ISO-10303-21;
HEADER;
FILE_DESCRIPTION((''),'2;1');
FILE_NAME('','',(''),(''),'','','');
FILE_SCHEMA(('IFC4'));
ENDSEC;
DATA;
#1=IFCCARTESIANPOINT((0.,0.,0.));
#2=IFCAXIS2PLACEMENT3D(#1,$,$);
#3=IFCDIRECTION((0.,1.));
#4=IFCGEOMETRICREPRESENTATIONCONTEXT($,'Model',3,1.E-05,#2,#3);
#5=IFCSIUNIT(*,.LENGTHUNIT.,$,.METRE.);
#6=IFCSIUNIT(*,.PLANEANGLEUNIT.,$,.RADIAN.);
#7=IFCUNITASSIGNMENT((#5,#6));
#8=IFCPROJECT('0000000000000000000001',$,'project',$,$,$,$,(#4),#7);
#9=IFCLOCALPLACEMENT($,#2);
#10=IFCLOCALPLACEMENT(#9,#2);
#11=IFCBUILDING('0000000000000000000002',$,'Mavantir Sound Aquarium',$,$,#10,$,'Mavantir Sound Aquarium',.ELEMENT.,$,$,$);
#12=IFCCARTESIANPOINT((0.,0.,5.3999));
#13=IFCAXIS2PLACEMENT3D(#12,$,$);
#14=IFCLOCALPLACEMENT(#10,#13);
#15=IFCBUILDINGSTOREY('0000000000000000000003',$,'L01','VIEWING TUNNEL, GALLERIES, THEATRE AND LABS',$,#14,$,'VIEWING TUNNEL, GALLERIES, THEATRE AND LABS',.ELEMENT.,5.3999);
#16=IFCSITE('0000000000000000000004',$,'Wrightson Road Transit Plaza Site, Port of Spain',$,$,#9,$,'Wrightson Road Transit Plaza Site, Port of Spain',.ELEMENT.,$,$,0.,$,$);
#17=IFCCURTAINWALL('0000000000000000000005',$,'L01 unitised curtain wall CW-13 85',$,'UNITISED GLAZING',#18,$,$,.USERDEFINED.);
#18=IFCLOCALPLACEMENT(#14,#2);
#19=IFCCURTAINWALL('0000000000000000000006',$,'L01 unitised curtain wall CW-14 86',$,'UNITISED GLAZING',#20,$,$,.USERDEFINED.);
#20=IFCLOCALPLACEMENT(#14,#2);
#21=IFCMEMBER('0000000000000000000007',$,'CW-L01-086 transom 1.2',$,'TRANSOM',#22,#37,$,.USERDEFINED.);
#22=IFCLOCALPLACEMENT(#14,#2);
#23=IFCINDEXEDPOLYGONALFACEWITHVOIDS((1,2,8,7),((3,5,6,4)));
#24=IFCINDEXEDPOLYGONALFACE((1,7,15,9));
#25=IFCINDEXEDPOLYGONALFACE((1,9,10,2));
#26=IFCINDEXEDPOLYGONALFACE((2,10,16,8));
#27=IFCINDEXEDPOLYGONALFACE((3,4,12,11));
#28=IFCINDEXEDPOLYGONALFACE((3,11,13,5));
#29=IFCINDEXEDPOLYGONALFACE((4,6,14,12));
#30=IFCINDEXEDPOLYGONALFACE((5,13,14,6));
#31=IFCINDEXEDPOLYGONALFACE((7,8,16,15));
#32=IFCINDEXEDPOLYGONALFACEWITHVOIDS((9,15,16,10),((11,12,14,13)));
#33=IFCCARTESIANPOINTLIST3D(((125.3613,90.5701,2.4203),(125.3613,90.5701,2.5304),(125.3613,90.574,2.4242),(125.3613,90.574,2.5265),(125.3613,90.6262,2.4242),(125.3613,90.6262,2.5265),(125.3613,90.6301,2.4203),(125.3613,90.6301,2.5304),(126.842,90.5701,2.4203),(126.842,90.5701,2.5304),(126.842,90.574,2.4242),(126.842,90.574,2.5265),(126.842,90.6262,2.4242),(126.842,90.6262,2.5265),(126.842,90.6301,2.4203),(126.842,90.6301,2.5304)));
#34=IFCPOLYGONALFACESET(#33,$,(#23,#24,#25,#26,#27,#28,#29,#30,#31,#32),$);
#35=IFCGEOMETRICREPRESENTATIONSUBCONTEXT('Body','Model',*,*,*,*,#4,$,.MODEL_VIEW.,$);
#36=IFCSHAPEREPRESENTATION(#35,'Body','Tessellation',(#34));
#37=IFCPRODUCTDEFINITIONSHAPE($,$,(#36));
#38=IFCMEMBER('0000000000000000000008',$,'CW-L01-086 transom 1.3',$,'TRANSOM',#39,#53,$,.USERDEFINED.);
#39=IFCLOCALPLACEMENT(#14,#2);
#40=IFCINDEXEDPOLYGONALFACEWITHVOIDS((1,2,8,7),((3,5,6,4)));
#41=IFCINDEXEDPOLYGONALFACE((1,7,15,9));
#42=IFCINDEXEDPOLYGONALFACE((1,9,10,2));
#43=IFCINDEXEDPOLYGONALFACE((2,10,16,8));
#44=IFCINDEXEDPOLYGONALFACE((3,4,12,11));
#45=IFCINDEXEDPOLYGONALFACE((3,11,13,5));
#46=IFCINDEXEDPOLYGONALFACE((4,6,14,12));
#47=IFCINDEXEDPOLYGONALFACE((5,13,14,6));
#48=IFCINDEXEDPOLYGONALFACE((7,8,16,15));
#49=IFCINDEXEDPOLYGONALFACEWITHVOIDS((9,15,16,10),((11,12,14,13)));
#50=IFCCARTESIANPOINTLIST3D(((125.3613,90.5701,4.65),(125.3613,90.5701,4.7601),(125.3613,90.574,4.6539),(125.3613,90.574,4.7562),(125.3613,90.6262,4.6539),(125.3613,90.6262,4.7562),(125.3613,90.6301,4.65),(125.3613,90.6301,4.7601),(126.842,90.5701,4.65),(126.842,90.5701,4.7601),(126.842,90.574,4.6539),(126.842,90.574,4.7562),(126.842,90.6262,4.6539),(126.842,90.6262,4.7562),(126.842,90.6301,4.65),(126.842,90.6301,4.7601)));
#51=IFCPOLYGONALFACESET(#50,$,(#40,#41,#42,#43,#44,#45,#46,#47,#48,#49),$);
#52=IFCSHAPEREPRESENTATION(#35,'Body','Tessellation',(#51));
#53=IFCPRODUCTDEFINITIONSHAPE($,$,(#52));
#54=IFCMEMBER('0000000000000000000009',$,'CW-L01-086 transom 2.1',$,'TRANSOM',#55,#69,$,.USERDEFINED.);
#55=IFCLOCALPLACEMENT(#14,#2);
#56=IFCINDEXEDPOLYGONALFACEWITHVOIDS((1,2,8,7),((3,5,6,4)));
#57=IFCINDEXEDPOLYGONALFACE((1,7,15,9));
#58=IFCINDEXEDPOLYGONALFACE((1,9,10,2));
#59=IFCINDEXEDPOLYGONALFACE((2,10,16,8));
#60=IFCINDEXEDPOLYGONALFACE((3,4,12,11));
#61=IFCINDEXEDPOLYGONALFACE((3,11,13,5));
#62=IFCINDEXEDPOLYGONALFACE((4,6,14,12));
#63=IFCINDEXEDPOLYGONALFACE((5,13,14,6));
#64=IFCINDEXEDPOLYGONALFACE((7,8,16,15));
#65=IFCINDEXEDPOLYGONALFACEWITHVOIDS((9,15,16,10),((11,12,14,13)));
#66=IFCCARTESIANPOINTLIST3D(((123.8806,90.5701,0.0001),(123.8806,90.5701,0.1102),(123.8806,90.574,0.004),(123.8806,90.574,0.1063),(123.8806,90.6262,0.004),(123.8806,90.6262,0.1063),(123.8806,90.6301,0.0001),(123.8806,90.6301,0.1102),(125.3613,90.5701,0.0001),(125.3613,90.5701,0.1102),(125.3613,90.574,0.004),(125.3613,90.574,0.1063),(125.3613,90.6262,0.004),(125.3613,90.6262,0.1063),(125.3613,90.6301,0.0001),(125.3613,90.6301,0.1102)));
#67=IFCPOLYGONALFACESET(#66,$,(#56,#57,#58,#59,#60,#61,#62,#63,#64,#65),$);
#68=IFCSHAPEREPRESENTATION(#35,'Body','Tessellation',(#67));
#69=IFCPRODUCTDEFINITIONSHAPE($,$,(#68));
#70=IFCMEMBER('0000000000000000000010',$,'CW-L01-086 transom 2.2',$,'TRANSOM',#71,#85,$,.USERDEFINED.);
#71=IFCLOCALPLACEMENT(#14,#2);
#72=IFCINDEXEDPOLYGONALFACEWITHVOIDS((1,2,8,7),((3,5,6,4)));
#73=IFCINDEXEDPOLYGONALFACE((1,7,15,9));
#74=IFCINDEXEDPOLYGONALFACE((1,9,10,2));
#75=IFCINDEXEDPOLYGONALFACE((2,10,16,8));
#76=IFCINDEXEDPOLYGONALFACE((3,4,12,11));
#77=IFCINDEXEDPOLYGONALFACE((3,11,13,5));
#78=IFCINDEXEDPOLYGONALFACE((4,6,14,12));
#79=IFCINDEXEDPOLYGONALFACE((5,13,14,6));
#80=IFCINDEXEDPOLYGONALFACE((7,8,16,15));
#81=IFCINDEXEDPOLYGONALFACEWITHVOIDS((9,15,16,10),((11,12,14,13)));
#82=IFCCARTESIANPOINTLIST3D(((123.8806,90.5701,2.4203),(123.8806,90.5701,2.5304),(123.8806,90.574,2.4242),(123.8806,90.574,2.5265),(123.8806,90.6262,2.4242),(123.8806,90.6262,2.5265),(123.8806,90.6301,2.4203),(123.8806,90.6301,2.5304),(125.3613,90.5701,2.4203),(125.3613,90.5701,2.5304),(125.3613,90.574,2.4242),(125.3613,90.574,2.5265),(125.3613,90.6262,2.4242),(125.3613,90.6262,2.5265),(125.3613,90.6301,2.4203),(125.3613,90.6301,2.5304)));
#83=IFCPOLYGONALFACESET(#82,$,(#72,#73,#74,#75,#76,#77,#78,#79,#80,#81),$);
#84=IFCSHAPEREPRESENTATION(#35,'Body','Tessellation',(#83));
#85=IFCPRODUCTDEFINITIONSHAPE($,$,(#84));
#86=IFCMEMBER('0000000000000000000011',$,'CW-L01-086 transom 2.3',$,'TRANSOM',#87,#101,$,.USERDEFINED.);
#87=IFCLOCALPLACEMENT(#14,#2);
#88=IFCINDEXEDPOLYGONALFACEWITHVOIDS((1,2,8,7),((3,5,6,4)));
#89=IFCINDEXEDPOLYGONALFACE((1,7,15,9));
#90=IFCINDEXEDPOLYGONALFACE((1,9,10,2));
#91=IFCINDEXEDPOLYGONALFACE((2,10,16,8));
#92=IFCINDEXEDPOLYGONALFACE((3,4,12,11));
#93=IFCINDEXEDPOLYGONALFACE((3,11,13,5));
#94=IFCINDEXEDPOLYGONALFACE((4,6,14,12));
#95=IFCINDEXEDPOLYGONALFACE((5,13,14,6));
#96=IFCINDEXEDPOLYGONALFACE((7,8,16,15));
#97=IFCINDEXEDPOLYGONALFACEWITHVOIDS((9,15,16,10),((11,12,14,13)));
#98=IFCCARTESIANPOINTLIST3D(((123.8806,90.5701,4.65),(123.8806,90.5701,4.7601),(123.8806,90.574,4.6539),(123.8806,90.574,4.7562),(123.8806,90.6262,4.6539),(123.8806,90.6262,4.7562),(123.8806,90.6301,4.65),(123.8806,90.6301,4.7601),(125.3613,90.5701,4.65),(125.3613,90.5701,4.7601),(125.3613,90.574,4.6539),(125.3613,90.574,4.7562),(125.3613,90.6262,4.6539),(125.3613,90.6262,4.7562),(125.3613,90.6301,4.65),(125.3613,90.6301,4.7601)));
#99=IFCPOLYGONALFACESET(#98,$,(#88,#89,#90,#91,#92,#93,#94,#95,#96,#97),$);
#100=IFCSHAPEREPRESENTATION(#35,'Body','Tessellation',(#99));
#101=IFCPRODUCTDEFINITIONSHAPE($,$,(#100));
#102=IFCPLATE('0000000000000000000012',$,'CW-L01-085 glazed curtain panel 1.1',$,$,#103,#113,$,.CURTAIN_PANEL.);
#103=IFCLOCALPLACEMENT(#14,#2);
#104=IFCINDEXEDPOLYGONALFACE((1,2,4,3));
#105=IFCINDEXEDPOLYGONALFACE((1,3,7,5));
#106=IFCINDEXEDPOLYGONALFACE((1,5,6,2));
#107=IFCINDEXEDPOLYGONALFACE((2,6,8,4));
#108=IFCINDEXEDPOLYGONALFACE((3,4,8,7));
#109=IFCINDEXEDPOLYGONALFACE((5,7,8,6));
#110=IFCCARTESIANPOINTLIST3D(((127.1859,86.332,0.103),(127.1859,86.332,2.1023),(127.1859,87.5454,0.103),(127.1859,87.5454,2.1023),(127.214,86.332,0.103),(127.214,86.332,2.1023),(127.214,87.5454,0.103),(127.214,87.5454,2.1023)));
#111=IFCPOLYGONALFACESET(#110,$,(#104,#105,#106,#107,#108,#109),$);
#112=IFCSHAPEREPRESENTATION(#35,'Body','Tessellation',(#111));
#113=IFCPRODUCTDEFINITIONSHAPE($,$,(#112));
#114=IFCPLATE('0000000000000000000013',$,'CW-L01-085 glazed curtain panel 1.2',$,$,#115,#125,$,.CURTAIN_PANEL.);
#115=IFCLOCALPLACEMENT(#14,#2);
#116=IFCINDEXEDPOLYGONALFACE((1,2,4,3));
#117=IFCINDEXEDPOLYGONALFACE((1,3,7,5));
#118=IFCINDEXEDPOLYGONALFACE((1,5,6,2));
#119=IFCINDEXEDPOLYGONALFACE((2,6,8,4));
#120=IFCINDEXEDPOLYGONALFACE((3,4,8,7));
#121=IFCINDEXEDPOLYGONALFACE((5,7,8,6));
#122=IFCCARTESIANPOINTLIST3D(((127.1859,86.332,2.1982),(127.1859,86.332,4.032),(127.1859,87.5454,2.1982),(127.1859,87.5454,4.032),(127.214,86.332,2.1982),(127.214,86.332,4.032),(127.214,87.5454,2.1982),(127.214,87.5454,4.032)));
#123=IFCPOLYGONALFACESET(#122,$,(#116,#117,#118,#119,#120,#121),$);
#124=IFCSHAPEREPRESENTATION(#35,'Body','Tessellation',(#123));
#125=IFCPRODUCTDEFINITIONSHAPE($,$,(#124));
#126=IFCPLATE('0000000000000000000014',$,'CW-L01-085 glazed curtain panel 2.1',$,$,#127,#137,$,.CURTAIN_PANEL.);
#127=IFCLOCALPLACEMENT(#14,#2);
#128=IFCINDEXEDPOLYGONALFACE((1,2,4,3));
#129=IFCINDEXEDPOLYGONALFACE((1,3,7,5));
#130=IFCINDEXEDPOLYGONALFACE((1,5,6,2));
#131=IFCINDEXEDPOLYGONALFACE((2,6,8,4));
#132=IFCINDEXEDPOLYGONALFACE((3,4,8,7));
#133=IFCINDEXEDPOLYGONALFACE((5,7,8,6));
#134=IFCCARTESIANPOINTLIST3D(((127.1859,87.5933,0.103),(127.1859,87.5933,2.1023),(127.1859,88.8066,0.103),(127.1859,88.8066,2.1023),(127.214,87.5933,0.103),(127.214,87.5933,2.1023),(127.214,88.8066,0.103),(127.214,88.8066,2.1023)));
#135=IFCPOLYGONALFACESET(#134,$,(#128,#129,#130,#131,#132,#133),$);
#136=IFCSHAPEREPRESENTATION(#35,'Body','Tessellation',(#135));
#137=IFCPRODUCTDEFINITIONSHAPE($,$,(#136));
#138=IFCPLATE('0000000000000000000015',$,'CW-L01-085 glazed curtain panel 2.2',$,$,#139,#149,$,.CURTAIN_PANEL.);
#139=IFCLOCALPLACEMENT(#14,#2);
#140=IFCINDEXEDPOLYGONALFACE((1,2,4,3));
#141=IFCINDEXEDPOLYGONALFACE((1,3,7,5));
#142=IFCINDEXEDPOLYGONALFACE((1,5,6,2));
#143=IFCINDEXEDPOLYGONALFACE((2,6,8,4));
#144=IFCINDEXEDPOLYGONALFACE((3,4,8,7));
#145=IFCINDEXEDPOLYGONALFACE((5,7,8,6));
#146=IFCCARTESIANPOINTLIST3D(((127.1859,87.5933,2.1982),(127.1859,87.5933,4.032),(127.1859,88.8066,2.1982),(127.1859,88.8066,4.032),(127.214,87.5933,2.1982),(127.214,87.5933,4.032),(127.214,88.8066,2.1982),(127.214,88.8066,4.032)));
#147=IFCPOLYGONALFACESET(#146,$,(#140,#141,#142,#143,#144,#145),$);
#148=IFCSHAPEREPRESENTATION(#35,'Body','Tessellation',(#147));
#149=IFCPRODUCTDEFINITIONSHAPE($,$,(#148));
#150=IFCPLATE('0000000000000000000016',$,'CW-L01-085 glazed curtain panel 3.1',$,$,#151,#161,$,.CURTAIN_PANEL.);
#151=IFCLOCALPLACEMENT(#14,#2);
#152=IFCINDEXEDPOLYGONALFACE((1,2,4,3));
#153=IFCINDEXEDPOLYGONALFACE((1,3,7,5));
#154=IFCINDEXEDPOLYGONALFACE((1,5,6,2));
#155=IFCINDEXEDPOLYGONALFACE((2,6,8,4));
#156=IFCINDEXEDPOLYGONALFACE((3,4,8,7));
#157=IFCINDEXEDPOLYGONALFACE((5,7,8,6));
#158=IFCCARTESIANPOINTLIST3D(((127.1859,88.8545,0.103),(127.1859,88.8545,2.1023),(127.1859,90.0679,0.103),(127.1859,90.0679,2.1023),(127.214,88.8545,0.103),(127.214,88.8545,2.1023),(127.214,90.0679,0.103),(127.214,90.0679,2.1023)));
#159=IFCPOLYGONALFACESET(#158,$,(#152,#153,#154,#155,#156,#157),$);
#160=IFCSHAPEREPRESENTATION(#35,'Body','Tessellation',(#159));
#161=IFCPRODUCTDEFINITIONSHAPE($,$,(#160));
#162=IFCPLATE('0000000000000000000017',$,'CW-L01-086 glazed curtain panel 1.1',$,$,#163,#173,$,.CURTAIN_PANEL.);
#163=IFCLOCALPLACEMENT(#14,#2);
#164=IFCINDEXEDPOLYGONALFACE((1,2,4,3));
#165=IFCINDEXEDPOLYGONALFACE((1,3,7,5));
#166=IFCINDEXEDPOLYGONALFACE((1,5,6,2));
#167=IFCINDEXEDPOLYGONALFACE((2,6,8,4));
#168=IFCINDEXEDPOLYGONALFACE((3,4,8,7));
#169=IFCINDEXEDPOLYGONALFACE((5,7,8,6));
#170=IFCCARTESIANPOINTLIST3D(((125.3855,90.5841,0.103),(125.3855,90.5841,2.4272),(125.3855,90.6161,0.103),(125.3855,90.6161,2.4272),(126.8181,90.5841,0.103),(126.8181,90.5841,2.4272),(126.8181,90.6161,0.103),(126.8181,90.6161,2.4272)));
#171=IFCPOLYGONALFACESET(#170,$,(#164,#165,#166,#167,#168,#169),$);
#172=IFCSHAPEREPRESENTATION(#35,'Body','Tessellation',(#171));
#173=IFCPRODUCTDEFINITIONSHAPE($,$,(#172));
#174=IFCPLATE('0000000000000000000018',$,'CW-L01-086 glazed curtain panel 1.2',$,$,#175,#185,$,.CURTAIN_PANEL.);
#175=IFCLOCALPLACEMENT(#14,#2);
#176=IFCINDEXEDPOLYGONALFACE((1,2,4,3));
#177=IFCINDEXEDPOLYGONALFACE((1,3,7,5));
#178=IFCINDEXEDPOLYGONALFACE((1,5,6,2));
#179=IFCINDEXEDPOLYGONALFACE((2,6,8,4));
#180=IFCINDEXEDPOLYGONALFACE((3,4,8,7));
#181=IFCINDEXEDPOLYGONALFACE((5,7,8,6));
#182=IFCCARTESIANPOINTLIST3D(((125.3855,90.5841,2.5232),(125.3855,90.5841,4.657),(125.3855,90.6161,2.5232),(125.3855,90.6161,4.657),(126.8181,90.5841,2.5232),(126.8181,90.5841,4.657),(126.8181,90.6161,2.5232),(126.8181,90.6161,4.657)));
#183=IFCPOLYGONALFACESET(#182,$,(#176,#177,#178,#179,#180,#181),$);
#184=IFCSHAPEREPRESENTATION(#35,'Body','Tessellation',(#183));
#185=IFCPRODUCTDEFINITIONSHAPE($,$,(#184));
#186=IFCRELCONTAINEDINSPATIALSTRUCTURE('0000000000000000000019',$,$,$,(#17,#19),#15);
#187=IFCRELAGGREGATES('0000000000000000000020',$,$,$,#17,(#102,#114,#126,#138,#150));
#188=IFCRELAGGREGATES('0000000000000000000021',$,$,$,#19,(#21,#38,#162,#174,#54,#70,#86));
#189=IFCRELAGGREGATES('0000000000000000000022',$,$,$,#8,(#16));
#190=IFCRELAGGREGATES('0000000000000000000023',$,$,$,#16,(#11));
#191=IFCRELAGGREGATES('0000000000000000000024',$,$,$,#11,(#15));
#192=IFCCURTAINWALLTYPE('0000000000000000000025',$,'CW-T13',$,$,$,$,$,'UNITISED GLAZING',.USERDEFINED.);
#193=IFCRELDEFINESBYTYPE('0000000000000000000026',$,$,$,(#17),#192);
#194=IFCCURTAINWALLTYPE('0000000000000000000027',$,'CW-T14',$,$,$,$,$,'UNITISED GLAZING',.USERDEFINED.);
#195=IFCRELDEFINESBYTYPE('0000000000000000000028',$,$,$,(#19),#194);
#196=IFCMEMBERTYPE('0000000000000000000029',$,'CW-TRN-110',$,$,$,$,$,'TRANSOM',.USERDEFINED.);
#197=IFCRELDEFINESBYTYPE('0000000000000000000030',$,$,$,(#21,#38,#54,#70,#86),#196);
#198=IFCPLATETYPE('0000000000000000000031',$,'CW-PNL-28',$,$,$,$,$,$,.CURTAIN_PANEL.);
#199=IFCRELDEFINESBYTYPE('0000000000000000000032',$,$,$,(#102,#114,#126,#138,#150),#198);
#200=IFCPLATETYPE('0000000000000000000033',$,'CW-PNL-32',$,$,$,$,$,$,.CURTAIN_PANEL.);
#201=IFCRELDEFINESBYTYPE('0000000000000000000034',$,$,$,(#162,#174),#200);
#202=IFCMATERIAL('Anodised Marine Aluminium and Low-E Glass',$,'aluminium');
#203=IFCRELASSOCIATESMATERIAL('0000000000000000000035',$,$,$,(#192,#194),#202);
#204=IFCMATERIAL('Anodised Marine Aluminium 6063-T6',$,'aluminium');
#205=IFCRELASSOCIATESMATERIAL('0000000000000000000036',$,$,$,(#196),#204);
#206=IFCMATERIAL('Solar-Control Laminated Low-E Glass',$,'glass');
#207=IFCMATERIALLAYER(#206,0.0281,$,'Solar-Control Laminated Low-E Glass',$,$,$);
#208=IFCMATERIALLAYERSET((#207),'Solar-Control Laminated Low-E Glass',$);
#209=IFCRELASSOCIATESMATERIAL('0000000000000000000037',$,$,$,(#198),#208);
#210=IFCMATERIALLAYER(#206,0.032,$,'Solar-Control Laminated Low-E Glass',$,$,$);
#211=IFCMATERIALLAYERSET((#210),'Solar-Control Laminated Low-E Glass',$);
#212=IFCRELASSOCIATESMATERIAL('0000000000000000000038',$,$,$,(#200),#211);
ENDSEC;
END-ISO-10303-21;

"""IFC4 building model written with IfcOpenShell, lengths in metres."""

from ifc_helpers import new_model, si_unit, direction, frame, origin, origin_2d, place, context, subcontext, project, spatial, rectangle, hollow_rectangle, extrude, material, layer, layer_set, material_profile, profile_set, type_object, element, aggregate, save


model = new_model("IFC4")

# Units and contexts
model_context = context("Model", 3, precision=1e-05, world=origin(), true_north=direction((0.0, 1.0)))
body_context = subcontext(model_context, "Body", "Model", "MODEL_VIEW")
ifc_project = project(units=[si_unit("LENGTHUNIT", "METRE"), si_unit("PLANEANGLEUNIT", "RADIAN")], contexts=[model_context])

# Site, building, storey
site_placement = place(None, origin())
site = spatial("IfcSite", under=ifc_project, at=site_placement, Name="Wrightson Road Transit Plaza Site, Port of Spain", LongName="Wrightson Road Transit Plaza Site, Port of Spain", CompositionType="ELEMENT", RefElevation=0.0)
building_placement = place(site_placement, origin())
building = spatial("IfcBuilding", under=site, at=building_placement, Name="Mavantir Sound Aquarium", LongName="Mavantir Sound Aquarium", CompositionType="ELEMENT")
storey_placement = place(building_placement, frame((0.0, 0.0, 5.3999)))
storey = spatial("IfcBuildingStorey", under=building, at=storey_placement, Name="L01", Description="VIEWING TUNNEL, GALLERIES, THEATRE AND LABS", LongName="VIEWING TUNNEL, GALLERIES, THEATRE AND LABS", CompositionType="ELEMENT", Elevation=5.3999)

# Curtain walls
ifc_material_1 = material(Name="Anodised Marine Aluminium and Low-E Glass", Category="aluminium")
curtain_wall_type_1 = type_object("IfcCurtainWallType", Name="CW-T13", ElementType="UNITISED GLAZING", PredefinedType="USERDEFINED", material=ifc_material_1)
curtain_wall_1_placement = place(storey_placement, origin())
curtain_wall_1 = element("IfcCurtainWall", 1, at=curtain_wall_1_placement, inside=storey, type_object=curtain_wall_type_1, Name="L01 unitised curtain wall CW-13 85", ObjectType="UNITISED GLAZING", PredefinedType="USERDEFINED")
ifc_material_2 = material(Name="Anodised Marine Aluminium 6063-T6", Category="aluminium")
curtain_wall_type_2 = type_object("IfcCurtainWallType", Name="CW-T14", ElementType="UNITISED GLAZING", PredefinedType="USERDEFINED", material=ifc_material_1)
curtain_wall_2_placement = place(storey_placement, origin())
curtain_wall_2 = element("IfcCurtainWall", 2, at=curtain_wall_2_placement, inside=storey, type_object=curtain_wall_type_2, Name="L01 unitised curtain wall CW-14 86", ObjectType="UNITISED GLAZING", PredefinedType="USERDEFINED")

# Members
ifc_material_profile_1 = material_profile(ifc_material_2, hollow_rectangle(XDim=0.0601, YDim=0.1101, WallThickness=0.0039, at=origin_2d()), Name="ALU-TRANSOM-110X60")
ifc_profile_set_1 = profile_set([ifc_material_profile_1], Name="Anodised Marine Aluminium 6063-T6")
member_type_1 = type_object("IfcMemberType", Name="CW-TRN-110", ElementType="TRANSOM", PredefinedType="USERDEFINED", material=ifc_profile_set_1)
member_1_placement = place(storey_placement, frame((126.842, 90.6001, 2.4753), z_axis=(-1.0, 0.0, 0.0), x_axis=(0.0, -1.0, 0.0)))
member_1 = element("IfcMember", 3, at=member_1_placement, type_object=member_type_1, Name="CW-L01-086 transom 1.2", ObjectType="TRANSOM", PredefinedType="USERDEFINED", context=body_context, shape_type="SweptSolid", body=[
    extrude(hollow_rectangle(XDim=0.0601, YDim=0.1101, WallThickness=0.0039, at=origin_2d()), origin(), (0.0, 0.0, 1.0), 1.4807),
])
member_2_placement = place(storey_placement, frame((126.842, 90.6001, 4.7051), z_axis=(-1.0, 0.0, 0.0), x_axis=(0.0, -1.0, 0.0)))
member_2 = element("IfcMember", 4, at=member_2_placement, type_object=member_type_1, Name="CW-L01-086 transom 1.3", ObjectType="TRANSOM", PredefinedType="USERDEFINED", context=body_context, shape_type="SweptSolid", body=[
    extrude(hollow_rectangle(XDim=0.0601, YDim=0.1101, WallThickness=0.0039, at=origin_2d()), origin(), (0.0, 0.0, 1.0), 1.4807),
])
member_3_placement = place(storey_placement, frame((125.3613, 90.6001, 0.0552), z_axis=(-1.0, 0.0, 0.0), x_axis=(0.0, -1.0, 0.0)))
member_3 = element("IfcMember", 5, at=member_3_placement, type_object=member_type_1, Name="CW-L01-086 transom 2.1", ObjectType="TRANSOM", PredefinedType="USERDEFINED", context=body_context, shape_type="SweptSolid", body=[
    extrude(hollow_rectangle(XDim=0.0601, YDim=0.1101, WallThickness=0.0039, at=origin_2d()), origin(), (0.0, 0.0, 1.0), 1.4807),
])
member_4_placement = place(storey_placement, frame((125.3613, 90.6001, 2.4753), z_axis=(-1.0, 0.0, 0.0), x_axis=(0.0, -1.0, 0.0)))
member_4 = element("IfcMember", 6, at=member_4_placement, type_object=member_type_1, Name="CW-L01-086 transom 2.2", ObjectType="TRANSOM", PredefinedType="USERDEFINED", context=body_context, shape_type="SweptSolid", body=[
    extrude(hollow_rectangle(XDim=0.0601, YDim=0.1101, WallThickness=0.0039, at=origin_2d()), origin(), (0.0, 0.0, 1.0), 1.4807),
])
member_5_placement = place(storey_placement, frame((125.3613, 90.6001, 4.7051), z_axis=(-1.0, 0.0, 0.0), x_axis=(0.0, -1.0, 0.0)))
member_5 = element("IfcMember", 7, at=member_5_placement, type_object=member_type_1, Name="CW-L01-086 transom 2.3", ObjectType="TRANSOM", PredefinedType="USERDEFINED", context=body_context, shape_type="SweptSolid", body=[
    extrude(hollow_rectangle(XDim=0.0601, YDim=0.1101, WallThickness=0.0039, at=origin_2d()), origin(), (0.0, 0.0, 1.0), 1.4807),
])

# Plates
ifc_material_3 = material(Name="Solar-Control Laminated Low-E Glass", Category="glass")
ifc_layer_1 = layer(ifc_material_3, 0.0281, Name="Solar-Control Laminated Low-E Glass")
ifc_layer_set_1 = layer_set([ifc_layer_1], Name="Solar-Control Laminated Low-E Glass")
plate_type_1 = type_object("IfcPlateType", Name="CW-PNL-28", PredefinedType="CURTAIN_PANEL", material=ifc_layer_set_1)
plate_1_placement = place(storey_placement, frame((127.2, 86.9387, 0.103), z_axis=(0.0, 0.0, 1.0), x_axis=(0.0, 1.0, 0.0)))
plate_1 = element("IfcPlate", 8, at=plate_1_placement, type_object=plate_type_1, Name="CW-L01-085 glazed curtain panel 1.1", PredefinedType="CURTAIN_PANEL", context=body_context, shape_type="SweptSolid", body=[
    extrude(rectangle(XDim=1.2134, YDim=0.0281, at=origin_2d()), origin(), (0.0, 0.0, 1.0), 1.9993),
])
plate_2_placement = place(storey_placement, frame((127.2, 86.9387, 2.1982), z_axis=(0.0, 0.0, 1.0), x_axis=(0.0, 1.0, 0.0)))
plate_2 = element("IfcPlate", 9, at=plate_2_placement, type_object=plate_type_1, Name="CW-L01-085 glazed curtain panel 1.2", PredefinedType="CURTAIN_PANEL", context=body_context, shape_type="SweptSolid", body=[
    extrude(rectangle(XDim=1.2134, YDim=0.0281, at=origin_2d()), origin(), (0.0, 0.0, 1.0), 1.8337),
])
plate_3_placement = place(storey_placement, frame((127.2, 88.2, 0.103), z_axis=(0.0, 0.0, 1.0), x_axis=(0.0, 1.0, 0.0)))
plate_3 = element("IfcPlate", 10, at=plate_3_placement, type_object=plate_type_1, Name="CW-L01-085 glazed curtain panel 2.1", PredefinedType="CURTAIN_PANEL", context=body_context, shape_type="SweptSolid", body=[
    extrude(rectangle(XDim=1.2134, YDim=0.0281, at=origin_2d()), origin(), (0.0, 0.0, 1.0), 1.9993),
])
plate_4_placement = place(storey_placement, frame((127.2, 88.2, 2.1982), z_axis=(0.0, 0.0, 1.0), x_axis=(0.0, 1.0, 0.0)))
plate_4 = element("IfcPlate", 11, at=plate_4_placement, type_object=plate_type_1, Name="CW-L01-085 glazed curtain panel 2.2", PredefinedType="CURTAIN_PANEL", context=body_context, shape_type="SweptSolid", body=[
    extrude(rectangle(XDim=1.2134, YDim=0.0281, at=origin_2d()), origin(), (0.0, 0.0, 1.0), 1.8337),
])
plate_5_placement = place(storey_placement, frame((127.2, 89.4612, 0.103), z_axis=(0.0, 0.0, 1.0), x_axis=(0.0, 1.0, 0.0)))
plate_5 = element("IfcPlate", 12, at=plate_5_placement, type_object=plate_type_1, Name="CW-L01-085 glazed curtain panel 3.1", PredefinedType="CURTAIN_PANEL", context=body_context, shape_type="SweptSolid", body=[
    extrude(rectangle(XDim=1.2134, YDim=0.0281, at=origin_2d()), origin(), (0.0, 0.0, 1.0), 1.9993),
])
aggregate(curtain_wall_1, [plate_1, plate_2, plate_3, plate_4, plate_5])
ifc_layer_2 = layer(ifc_material_3, 0.032, Name="Solar-Control Laminated Low-E Glass")
ifc_layer_set_2 = layer_set([ifc_layer_2], Name="Solar-Control Laminated Low-E Glass")
plate_type_2 = type_object("IfcPlateType", Name="CW-PNL-32", PredefinedType="CURTAIN_PANEL", material=ifc_layer_set_2)
plate_6_placement = place(storey_placement, frame((126.1018, 90.6001, 0.103), z_axis=(0.0, 0.0, 1.0), x_axis=(-1.0, 0.0, 0.0)))
plate_6 = element("IfcPlate", 13, at=plate_6_placement, type_object=plate_type_2, Name="CW-L01-086 glazed curtain panel 1.1", PredefinedType="CURTAIN_PANEL", context=body_context, shape_type="SweptSolid", body=[
    extrude(rectangle(XDim=1.4326, YDim=0.032, at=origin_2d()), origin(), (0.0, 0.0, 1.0), 2.3242),
])
plate_7_placement = place(storey_placement, frame((126.1018, 90.6001, 2.5232), z_axis=(0.0, 0.0, 1.0), x_axis=(-1.0, 0.0, 0.0)))
plate_7 = element("IfcPlate", 14, at=plate_7_placement, type_object=plate_type_2, Name="CW-L01-086 glazed curtain panel 1.2", PredefinedType="CURTAIN_PANEL", context=body_context, shape_type="SweptSolid", body=[
    extrude(rectangle(XDim=1.4326, YDim=0.032, at=origin_2d()), origin(), (0.0, 0.0, 1.0), 2.1338),
])
aggregate(curtain_wall_2, [member_1, member_2, plate_6, plate_7, member_3, member_4, member_5])

save(model, "model.ifc")
